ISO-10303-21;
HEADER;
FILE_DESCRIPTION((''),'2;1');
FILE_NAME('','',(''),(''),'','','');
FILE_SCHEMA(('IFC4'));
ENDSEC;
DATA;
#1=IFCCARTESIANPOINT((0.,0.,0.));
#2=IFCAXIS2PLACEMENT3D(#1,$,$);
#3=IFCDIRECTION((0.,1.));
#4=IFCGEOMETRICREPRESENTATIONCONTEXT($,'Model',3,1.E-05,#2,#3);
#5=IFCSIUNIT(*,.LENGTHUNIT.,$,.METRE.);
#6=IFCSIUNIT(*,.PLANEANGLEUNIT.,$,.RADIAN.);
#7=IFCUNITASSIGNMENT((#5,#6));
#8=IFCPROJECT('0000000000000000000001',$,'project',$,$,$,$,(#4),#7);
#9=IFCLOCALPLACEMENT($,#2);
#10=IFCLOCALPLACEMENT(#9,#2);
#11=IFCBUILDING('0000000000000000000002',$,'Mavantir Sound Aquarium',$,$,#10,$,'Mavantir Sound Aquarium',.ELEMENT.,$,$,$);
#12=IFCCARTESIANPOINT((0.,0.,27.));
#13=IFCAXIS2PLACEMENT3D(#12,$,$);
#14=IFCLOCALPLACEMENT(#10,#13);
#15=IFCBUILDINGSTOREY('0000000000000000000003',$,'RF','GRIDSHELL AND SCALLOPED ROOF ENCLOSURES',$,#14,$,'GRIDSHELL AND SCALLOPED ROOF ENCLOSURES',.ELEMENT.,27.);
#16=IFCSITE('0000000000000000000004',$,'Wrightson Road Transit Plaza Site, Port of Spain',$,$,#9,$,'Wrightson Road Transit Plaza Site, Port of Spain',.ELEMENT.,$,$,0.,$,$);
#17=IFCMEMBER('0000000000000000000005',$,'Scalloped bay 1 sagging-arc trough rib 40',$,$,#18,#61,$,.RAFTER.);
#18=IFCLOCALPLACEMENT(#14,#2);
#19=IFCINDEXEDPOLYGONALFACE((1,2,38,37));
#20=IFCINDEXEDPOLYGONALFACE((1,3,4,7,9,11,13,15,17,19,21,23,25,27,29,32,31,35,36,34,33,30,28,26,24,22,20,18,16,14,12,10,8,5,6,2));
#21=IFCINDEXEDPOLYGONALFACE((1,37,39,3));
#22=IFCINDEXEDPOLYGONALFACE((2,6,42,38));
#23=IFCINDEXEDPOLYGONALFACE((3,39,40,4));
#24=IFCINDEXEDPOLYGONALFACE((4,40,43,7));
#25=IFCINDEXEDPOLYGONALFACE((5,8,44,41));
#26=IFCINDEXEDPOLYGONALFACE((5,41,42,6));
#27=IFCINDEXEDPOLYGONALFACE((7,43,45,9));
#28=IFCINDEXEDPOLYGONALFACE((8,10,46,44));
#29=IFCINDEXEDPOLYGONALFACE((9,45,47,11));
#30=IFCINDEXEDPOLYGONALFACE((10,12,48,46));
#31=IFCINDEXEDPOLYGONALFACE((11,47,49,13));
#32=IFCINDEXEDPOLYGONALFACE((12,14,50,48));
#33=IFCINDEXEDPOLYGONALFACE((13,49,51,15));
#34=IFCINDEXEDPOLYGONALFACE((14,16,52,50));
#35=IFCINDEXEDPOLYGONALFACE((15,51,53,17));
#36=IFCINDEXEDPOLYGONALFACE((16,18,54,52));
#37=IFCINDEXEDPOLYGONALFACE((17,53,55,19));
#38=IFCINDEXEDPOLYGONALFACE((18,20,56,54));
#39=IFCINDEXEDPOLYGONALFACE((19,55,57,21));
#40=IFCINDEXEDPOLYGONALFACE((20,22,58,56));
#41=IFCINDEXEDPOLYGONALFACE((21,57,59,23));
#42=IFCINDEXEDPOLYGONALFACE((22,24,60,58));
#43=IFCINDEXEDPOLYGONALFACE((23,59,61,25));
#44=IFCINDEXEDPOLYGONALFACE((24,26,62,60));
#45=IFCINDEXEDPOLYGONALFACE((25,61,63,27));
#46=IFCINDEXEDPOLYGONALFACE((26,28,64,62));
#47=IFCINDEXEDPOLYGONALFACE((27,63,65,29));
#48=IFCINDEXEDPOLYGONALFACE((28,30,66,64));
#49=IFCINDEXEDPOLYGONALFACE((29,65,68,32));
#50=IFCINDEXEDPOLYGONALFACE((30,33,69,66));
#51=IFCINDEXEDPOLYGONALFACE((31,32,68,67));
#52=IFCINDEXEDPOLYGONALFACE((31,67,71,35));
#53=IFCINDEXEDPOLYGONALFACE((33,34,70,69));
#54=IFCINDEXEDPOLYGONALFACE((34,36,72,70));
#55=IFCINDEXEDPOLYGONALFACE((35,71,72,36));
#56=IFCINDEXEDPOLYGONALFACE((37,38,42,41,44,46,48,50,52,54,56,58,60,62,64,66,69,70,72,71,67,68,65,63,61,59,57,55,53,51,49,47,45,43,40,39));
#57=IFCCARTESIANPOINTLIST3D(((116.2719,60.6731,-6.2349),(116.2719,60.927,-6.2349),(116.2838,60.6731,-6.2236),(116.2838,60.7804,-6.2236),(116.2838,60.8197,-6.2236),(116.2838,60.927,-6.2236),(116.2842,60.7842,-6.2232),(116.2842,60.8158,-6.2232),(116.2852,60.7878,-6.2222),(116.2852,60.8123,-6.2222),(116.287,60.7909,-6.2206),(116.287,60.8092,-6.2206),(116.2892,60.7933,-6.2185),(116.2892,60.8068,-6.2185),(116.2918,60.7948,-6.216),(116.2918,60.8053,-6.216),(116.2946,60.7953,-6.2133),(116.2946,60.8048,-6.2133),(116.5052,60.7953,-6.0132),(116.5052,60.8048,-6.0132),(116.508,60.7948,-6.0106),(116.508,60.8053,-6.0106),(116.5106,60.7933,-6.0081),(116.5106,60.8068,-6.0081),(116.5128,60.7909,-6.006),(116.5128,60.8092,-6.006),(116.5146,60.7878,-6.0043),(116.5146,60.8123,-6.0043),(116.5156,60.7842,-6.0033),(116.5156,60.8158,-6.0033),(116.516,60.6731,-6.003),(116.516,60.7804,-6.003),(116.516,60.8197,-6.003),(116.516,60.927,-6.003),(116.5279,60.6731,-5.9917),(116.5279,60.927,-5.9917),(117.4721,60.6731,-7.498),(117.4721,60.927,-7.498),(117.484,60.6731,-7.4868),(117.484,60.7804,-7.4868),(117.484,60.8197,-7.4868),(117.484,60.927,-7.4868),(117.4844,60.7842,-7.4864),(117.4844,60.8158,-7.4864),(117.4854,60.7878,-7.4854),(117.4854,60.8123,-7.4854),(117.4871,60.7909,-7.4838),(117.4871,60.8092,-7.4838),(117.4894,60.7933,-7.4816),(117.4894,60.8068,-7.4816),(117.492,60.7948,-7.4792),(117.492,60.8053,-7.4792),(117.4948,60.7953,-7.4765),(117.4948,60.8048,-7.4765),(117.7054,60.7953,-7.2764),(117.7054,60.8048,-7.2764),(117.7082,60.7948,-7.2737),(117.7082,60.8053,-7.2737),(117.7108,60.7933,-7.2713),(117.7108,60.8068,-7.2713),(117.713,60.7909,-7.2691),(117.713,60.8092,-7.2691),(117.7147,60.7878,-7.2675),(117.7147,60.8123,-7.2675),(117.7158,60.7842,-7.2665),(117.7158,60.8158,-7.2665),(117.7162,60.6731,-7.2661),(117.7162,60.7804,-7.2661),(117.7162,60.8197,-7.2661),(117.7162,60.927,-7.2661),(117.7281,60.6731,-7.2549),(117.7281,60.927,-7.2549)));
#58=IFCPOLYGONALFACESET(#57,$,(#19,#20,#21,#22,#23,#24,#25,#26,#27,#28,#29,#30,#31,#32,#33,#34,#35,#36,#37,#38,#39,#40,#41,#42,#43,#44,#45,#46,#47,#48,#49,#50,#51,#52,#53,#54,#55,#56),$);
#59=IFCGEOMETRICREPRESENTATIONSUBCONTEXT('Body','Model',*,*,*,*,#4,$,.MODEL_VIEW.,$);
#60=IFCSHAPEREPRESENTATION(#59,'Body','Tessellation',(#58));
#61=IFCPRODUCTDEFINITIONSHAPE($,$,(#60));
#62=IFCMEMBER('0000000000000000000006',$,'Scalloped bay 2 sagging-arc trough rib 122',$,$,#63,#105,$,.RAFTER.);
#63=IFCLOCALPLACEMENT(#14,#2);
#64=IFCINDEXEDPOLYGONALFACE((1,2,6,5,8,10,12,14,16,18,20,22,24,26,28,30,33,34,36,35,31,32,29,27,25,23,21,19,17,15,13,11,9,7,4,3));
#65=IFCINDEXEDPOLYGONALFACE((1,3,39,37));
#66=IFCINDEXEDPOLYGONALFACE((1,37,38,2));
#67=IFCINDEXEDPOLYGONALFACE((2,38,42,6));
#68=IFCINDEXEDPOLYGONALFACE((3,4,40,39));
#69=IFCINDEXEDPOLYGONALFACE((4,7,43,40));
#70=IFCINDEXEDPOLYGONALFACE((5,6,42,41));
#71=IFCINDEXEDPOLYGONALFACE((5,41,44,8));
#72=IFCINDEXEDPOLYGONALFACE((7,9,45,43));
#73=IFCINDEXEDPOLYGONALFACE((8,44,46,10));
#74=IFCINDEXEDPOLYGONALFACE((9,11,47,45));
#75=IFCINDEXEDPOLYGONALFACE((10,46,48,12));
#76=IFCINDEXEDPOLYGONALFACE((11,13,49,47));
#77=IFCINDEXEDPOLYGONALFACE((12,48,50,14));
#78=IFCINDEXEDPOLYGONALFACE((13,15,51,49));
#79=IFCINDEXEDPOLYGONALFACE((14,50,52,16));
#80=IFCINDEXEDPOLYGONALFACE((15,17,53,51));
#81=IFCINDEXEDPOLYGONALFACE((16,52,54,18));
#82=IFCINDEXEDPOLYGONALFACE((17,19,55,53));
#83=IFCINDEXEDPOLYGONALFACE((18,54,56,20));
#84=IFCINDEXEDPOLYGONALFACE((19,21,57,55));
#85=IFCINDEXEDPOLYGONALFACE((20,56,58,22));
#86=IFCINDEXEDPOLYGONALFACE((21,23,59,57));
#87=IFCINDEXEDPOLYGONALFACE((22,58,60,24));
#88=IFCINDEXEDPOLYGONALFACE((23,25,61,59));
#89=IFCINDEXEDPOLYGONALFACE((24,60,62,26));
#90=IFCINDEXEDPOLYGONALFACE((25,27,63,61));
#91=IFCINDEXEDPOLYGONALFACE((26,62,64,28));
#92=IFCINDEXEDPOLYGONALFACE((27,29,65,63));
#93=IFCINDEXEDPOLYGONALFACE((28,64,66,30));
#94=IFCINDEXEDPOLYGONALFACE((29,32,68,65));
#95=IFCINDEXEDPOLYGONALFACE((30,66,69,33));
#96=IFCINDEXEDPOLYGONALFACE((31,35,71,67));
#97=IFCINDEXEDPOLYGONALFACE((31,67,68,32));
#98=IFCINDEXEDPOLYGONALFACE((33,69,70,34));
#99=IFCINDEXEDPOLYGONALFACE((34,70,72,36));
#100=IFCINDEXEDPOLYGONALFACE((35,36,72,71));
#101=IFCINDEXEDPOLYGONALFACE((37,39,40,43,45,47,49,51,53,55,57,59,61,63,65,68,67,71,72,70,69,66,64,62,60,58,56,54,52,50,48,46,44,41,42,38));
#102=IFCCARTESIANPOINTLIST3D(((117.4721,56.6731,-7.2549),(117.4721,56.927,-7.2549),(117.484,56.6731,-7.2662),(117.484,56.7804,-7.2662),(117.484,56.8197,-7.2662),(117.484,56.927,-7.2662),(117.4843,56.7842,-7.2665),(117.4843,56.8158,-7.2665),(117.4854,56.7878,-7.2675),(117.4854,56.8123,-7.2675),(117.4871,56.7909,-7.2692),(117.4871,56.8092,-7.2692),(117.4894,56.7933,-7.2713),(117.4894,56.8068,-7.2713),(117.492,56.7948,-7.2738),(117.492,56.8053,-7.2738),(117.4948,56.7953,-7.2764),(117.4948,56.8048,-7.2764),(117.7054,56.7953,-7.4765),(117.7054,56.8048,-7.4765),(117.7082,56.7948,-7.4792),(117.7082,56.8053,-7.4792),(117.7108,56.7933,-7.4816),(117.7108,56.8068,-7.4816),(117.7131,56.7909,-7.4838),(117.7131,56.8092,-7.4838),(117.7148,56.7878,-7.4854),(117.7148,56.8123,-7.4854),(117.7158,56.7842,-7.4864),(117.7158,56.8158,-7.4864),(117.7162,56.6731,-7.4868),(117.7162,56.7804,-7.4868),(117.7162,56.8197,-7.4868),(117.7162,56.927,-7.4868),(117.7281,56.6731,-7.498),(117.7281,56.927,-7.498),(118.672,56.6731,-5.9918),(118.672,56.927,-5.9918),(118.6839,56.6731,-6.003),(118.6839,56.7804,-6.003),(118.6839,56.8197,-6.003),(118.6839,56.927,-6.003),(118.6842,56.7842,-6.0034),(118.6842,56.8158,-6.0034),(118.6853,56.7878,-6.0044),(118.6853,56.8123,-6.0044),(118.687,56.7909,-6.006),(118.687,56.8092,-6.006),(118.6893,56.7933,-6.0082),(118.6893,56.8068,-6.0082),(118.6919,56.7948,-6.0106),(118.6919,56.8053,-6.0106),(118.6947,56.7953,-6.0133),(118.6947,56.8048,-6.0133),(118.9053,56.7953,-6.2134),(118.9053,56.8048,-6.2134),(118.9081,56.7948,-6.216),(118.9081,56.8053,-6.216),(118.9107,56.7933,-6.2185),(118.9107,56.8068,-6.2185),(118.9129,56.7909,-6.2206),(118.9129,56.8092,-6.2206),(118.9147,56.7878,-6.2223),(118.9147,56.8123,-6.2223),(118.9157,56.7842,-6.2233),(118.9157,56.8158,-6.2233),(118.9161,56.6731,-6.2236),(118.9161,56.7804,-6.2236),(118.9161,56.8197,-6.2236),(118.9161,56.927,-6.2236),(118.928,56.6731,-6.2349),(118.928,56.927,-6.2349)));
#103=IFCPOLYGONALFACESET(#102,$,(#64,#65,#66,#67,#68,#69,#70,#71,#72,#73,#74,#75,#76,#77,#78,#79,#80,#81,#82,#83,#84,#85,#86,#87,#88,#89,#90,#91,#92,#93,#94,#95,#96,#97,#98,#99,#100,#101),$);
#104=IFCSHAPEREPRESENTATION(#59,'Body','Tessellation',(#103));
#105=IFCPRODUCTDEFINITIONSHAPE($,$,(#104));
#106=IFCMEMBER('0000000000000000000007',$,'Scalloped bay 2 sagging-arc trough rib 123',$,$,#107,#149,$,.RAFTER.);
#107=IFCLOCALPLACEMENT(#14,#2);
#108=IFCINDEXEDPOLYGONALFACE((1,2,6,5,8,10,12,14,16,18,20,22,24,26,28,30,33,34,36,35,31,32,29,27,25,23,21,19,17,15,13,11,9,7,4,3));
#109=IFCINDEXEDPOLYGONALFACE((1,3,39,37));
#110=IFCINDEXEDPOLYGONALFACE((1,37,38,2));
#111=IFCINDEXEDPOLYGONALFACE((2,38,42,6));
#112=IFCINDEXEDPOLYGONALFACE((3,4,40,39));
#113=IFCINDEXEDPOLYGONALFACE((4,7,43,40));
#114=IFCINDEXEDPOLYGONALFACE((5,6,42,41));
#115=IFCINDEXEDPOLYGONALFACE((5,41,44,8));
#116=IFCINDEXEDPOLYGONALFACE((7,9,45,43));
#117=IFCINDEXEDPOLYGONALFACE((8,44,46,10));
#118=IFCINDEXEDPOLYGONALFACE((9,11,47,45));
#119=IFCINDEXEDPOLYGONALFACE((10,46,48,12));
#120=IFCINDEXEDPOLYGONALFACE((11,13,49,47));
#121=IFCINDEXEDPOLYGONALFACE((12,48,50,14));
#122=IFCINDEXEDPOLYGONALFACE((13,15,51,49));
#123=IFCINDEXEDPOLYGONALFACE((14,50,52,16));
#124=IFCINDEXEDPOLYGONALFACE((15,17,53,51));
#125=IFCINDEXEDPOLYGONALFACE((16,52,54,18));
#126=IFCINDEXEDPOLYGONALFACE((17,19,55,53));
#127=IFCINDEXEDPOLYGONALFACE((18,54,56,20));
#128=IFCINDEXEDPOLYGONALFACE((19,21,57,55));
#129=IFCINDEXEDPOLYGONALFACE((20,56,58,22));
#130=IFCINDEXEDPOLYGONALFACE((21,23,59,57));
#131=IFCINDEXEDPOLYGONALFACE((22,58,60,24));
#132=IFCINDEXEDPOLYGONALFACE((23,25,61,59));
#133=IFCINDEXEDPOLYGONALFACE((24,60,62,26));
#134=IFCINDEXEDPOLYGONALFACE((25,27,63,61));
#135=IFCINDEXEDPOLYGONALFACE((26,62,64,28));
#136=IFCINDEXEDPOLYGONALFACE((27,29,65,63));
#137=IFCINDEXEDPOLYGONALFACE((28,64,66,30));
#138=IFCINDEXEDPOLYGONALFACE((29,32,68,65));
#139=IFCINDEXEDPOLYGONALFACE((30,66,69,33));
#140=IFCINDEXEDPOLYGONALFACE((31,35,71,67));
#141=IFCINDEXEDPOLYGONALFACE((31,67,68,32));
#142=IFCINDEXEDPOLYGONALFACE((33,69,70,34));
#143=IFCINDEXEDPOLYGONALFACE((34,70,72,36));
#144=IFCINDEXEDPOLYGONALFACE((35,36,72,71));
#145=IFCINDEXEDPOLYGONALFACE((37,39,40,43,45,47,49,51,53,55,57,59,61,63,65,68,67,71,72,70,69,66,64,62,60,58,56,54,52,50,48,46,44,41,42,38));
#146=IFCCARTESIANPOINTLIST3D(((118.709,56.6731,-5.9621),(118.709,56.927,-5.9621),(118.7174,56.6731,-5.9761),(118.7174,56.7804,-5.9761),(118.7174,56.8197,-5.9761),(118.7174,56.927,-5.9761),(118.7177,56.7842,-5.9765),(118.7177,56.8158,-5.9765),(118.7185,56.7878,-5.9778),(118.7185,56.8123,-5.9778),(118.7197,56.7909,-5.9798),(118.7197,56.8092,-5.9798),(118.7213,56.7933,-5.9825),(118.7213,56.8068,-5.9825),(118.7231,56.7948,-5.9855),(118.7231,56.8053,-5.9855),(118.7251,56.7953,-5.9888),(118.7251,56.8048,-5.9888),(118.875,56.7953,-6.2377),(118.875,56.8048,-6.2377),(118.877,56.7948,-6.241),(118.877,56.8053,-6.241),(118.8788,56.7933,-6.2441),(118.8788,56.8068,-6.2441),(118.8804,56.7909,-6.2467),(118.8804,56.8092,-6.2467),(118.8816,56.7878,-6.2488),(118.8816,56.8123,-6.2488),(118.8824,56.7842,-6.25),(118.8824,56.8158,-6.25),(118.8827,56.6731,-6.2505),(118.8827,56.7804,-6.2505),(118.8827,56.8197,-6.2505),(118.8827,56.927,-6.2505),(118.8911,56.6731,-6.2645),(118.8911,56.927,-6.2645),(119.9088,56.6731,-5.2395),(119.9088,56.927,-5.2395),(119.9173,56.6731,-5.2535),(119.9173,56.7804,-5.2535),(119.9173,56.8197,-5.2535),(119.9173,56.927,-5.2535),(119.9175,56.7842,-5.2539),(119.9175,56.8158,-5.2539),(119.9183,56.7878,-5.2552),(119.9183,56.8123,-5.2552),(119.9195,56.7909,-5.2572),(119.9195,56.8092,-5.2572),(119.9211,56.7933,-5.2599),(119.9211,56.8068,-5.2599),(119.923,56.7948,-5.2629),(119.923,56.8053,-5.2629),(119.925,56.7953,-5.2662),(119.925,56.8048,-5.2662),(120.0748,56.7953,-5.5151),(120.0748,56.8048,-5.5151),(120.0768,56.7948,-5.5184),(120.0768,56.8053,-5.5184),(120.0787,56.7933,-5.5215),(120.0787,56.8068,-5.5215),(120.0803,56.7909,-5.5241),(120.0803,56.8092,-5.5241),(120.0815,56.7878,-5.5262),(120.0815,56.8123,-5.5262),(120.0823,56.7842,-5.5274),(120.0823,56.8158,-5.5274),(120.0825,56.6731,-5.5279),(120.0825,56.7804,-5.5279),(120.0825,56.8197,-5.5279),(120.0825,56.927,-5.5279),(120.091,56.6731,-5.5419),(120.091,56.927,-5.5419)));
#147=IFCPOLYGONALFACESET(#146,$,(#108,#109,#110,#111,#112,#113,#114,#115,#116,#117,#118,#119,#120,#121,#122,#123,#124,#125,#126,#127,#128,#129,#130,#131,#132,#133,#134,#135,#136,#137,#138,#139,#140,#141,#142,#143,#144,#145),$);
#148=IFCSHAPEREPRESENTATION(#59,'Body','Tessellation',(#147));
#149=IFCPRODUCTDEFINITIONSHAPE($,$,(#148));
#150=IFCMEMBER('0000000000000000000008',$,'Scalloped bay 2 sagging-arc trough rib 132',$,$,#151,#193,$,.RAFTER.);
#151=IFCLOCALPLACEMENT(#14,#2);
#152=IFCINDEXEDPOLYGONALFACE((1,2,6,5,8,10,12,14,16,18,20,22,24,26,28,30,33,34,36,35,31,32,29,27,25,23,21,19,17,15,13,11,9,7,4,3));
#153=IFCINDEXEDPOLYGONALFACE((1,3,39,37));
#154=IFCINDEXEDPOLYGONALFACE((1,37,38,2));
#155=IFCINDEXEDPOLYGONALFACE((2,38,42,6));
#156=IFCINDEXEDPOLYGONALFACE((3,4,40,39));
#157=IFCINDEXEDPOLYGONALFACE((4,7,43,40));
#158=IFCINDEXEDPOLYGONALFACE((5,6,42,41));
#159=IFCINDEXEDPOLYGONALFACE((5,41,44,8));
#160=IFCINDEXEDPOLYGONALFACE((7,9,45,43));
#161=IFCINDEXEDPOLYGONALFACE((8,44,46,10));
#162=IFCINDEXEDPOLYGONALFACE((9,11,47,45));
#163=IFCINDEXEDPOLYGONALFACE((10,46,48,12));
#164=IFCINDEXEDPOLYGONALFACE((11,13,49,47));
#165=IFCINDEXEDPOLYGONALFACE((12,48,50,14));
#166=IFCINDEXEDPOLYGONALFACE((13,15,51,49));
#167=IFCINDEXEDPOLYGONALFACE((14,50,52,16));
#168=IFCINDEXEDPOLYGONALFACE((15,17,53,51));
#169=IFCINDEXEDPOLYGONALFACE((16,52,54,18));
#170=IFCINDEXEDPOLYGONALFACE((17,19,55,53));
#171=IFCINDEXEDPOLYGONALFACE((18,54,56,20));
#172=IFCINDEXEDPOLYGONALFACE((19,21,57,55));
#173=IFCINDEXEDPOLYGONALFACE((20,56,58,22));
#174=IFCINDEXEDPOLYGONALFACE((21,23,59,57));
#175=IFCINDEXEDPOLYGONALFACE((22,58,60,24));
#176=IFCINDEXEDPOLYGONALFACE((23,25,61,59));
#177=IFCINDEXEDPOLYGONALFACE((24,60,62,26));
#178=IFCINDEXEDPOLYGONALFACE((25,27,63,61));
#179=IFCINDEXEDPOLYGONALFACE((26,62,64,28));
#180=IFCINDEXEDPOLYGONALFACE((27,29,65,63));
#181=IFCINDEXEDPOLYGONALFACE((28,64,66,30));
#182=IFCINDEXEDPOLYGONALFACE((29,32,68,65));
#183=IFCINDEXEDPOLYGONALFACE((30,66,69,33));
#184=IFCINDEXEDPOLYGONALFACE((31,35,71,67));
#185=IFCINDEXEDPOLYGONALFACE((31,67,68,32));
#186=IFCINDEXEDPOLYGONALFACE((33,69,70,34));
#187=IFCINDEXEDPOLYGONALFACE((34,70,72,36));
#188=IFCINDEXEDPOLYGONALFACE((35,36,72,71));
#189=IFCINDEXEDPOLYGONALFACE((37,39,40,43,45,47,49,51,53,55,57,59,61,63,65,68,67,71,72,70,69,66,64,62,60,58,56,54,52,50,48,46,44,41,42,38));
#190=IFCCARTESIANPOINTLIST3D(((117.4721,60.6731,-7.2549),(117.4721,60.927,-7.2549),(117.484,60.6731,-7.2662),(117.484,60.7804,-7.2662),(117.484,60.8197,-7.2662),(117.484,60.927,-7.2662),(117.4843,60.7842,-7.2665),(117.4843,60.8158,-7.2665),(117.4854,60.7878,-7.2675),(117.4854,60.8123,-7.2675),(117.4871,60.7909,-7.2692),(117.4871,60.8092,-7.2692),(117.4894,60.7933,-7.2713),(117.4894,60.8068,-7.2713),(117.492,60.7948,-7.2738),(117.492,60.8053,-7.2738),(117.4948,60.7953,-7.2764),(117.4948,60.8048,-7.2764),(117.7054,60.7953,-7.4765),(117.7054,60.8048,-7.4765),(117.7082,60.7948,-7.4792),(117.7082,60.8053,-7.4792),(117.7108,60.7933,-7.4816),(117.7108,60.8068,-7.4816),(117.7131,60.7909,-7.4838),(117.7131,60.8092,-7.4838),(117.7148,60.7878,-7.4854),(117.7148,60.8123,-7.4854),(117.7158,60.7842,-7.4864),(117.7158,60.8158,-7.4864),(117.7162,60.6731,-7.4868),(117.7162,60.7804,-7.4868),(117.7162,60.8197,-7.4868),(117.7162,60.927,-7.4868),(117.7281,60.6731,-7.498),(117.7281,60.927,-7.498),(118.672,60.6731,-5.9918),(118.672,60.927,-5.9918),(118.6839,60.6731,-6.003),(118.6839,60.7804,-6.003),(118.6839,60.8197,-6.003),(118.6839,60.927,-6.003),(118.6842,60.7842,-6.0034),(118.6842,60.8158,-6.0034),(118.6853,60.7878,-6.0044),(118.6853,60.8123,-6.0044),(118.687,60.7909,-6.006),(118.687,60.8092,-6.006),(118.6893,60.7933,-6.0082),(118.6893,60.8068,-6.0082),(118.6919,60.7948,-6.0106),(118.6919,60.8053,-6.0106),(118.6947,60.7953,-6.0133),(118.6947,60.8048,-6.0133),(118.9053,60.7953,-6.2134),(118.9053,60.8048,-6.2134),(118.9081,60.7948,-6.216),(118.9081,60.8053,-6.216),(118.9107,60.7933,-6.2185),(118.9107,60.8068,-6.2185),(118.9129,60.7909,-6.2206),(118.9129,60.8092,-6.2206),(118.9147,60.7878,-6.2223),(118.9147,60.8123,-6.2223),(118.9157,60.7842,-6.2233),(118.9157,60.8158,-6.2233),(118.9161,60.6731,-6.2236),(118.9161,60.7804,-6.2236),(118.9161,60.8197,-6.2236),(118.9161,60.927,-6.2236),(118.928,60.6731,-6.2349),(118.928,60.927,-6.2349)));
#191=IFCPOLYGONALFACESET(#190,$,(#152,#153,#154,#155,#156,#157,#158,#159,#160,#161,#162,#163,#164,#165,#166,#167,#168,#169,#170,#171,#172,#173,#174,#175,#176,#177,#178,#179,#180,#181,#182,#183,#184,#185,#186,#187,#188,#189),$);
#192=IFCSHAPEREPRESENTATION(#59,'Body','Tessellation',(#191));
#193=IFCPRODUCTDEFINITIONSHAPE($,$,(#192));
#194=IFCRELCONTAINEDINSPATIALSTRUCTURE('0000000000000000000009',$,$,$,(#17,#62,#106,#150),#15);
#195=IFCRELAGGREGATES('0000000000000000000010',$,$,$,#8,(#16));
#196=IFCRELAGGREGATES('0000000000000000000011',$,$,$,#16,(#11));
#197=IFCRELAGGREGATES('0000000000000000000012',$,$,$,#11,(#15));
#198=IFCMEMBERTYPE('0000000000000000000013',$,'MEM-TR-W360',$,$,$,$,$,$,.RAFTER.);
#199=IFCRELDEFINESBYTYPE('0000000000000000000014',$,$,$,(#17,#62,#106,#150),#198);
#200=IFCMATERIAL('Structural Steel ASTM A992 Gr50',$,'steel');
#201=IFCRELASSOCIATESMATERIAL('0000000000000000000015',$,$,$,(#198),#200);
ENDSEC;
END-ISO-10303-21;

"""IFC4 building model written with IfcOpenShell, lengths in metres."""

from ifc_helpers import new_model, si_unit, direction, frame, origin, origin_2d, place, context, subcontext, project, spatial, i_section, extrude, material, material_profile, profile_set, type_object, element, save


model = new_model("IFC4")

# Units and contexts
model_context = context("Model", 3, precision=1e-05, world=origin(), true_north=direction((0.0, 1.0)))
body_context = subcontext(model_context, "Body", "Model", "MODEL_VIEW")
ifc_project = project(units=[si_unit("LENGTHUNIT", "METRE"), si_unit("PLANEANGLEUNIT", "RADIAN")], contexts=[model_context])

# Site, building, storey
site_placement = place(None, origin())
site = spatial("IfcSite", under=ifc_project, at=site_placement, Name="Wrightson Road Transit Plaza Site, Port of Spain", LongName="Wrightson Road Transit Plaza Site, Port of Spain", CompositionType="ELEMENT", RefElevation=0.0)
building_placement = place(site_placement, origin())
building = spatial("IfcBuilding", under=site, at=building_placement, Name="Mavantir Sound Aquarium", LongName="Mavantir Sound Aquarium", CompositionType="ELEMENT")
storey_placement = place(building_placement, frame((0.0, 0.0, 27.0)))
storey = spatial("IfcBuildingStorey", under=building, at=storey_placement, Name="RF", Description="GRIDSHELL AND SCALLOPED ROOF ENCLOSURES", LongName="GRIDSHELL AND SCALLOPED ROOF ENCLOSURES", CompositionType="ELEMENT", Elevation=27.0)

# Shared definitions
ifc_material_1 = material(Name="Structural Steel ASTM A992 Gr50", Category="steel")

# Members
ifc_material_profile_1 = material_profile(ifc_material_1, i_section(OverallWidth=0.2539, OverallDepth=0.353, WebThickness=0.0095, FlangeThickness=0.0164, FilletRadius=0.0149, at=origin_2d()), Name="W360X91")
ifc_profile_set_1 = profile_set([ifc_material_profile_1], Name="Structural Steel ASTM A992 Gr50")
member_type_1 = type_object("IfcMemberType", Name="MEM-TR-W360", PredefinedType="RAFTER", material=ifc_profile_set_1)
member_1_placement = place(storey_placement, frame((116.3999, 60.8, -6.1133), z_axis=(0.688801, 0.0, -0.72495), x_axis=(0.0, 1.0, 0.0)))
element("IfcMember", 1, at=member_1_placement, inside=storey, type_object=member_type_1, Name="Scalloped bay 1 sagging-arc trough rib 40", PredefinedType="RAFTER", context=body_context, shape_type="SweptSolid", body=[
    extrude(i_section(OverallWidth=0.2539, OverallDepth=0.353, WebThickness=0.0095, FlangeThickness=0.0164, FilletRadius=0.0149, at=origin_2d()), origin(), (0.0, 0.0, 1.0), 1.7424),
])
member_2_placement = place(storey_placement, frame((117.6001, 56.8, -7.3765), z_axis=(0.688727, 0.0, 0.72502), x_axis=(0.0, 1.0, 0.0)))
element("IfcMember", 2, at=member_2_placement, inside=storey, type_object=member_type_1, Name="Scalloped bay 2 sagging-arc trough rib 122", PredefinedType="RAFTER", context=body_context, shape_type="SweptSolid", body=[
    extrude(i_section(OverallWidth=0.2539, OverallDepth=0.353, WebThickness=0.0095, FlangeThickness=0.0164, FilletRadius=0.0149, at=origin_2d()), origin(), (0.0, 0.0, 1.0), 1.7422),
])
member_3_placement = place(storey_placement, frame((118.8, 56.8, -6.1133), z_axis=(0.856646, 0.0, 0.515905), x_axis=(0.0, 1.0, 0.0)))
element("IfcMember", 3, at=member_3_placement, inside=storey, type_object=member_type_1, Name="Scalloped bay 2 sagging-arc trough rib 123", PredefinedType="RAFTER", context=body_context, shape_type="SweptSolid", body=[
    extrude(i_section(OverallWidth=0.2539, OverallDepth=0.353, WebThickness=0.0095, FlangeThickness=0.0164, FilletRadius=0.0149, at=origin_2d()), origin(), (0.0, 0.0, 1.0), 1.4006),
])
member_4_placement = place(storey_placement, frame((117.6001, 60.8, -7.3765), z_axis=(0.688727, 0.0, 0.72502), x_axis=(0.0, 1.0, 0.0)))
element("IfcMember", 4, at=member_4_placement, inside=storey, type_object=member_type_1, Name="Scalloped bay 2 sagging-arc trough rib 132", PredefinedType="RAFTER", context=body_context, shape_type="SweptSolid", body=[
    extrude(i_section(OverallWidth=0.2539, OverallDepth=0.353, WebThickness=0.0095, FlangeThickness=0.0164, FilletRadius=0.0149, at=origin_2d()), origin(), (0.0, 0.0, 1.0), 1.7422),
])

save(model, "model.ifc")
